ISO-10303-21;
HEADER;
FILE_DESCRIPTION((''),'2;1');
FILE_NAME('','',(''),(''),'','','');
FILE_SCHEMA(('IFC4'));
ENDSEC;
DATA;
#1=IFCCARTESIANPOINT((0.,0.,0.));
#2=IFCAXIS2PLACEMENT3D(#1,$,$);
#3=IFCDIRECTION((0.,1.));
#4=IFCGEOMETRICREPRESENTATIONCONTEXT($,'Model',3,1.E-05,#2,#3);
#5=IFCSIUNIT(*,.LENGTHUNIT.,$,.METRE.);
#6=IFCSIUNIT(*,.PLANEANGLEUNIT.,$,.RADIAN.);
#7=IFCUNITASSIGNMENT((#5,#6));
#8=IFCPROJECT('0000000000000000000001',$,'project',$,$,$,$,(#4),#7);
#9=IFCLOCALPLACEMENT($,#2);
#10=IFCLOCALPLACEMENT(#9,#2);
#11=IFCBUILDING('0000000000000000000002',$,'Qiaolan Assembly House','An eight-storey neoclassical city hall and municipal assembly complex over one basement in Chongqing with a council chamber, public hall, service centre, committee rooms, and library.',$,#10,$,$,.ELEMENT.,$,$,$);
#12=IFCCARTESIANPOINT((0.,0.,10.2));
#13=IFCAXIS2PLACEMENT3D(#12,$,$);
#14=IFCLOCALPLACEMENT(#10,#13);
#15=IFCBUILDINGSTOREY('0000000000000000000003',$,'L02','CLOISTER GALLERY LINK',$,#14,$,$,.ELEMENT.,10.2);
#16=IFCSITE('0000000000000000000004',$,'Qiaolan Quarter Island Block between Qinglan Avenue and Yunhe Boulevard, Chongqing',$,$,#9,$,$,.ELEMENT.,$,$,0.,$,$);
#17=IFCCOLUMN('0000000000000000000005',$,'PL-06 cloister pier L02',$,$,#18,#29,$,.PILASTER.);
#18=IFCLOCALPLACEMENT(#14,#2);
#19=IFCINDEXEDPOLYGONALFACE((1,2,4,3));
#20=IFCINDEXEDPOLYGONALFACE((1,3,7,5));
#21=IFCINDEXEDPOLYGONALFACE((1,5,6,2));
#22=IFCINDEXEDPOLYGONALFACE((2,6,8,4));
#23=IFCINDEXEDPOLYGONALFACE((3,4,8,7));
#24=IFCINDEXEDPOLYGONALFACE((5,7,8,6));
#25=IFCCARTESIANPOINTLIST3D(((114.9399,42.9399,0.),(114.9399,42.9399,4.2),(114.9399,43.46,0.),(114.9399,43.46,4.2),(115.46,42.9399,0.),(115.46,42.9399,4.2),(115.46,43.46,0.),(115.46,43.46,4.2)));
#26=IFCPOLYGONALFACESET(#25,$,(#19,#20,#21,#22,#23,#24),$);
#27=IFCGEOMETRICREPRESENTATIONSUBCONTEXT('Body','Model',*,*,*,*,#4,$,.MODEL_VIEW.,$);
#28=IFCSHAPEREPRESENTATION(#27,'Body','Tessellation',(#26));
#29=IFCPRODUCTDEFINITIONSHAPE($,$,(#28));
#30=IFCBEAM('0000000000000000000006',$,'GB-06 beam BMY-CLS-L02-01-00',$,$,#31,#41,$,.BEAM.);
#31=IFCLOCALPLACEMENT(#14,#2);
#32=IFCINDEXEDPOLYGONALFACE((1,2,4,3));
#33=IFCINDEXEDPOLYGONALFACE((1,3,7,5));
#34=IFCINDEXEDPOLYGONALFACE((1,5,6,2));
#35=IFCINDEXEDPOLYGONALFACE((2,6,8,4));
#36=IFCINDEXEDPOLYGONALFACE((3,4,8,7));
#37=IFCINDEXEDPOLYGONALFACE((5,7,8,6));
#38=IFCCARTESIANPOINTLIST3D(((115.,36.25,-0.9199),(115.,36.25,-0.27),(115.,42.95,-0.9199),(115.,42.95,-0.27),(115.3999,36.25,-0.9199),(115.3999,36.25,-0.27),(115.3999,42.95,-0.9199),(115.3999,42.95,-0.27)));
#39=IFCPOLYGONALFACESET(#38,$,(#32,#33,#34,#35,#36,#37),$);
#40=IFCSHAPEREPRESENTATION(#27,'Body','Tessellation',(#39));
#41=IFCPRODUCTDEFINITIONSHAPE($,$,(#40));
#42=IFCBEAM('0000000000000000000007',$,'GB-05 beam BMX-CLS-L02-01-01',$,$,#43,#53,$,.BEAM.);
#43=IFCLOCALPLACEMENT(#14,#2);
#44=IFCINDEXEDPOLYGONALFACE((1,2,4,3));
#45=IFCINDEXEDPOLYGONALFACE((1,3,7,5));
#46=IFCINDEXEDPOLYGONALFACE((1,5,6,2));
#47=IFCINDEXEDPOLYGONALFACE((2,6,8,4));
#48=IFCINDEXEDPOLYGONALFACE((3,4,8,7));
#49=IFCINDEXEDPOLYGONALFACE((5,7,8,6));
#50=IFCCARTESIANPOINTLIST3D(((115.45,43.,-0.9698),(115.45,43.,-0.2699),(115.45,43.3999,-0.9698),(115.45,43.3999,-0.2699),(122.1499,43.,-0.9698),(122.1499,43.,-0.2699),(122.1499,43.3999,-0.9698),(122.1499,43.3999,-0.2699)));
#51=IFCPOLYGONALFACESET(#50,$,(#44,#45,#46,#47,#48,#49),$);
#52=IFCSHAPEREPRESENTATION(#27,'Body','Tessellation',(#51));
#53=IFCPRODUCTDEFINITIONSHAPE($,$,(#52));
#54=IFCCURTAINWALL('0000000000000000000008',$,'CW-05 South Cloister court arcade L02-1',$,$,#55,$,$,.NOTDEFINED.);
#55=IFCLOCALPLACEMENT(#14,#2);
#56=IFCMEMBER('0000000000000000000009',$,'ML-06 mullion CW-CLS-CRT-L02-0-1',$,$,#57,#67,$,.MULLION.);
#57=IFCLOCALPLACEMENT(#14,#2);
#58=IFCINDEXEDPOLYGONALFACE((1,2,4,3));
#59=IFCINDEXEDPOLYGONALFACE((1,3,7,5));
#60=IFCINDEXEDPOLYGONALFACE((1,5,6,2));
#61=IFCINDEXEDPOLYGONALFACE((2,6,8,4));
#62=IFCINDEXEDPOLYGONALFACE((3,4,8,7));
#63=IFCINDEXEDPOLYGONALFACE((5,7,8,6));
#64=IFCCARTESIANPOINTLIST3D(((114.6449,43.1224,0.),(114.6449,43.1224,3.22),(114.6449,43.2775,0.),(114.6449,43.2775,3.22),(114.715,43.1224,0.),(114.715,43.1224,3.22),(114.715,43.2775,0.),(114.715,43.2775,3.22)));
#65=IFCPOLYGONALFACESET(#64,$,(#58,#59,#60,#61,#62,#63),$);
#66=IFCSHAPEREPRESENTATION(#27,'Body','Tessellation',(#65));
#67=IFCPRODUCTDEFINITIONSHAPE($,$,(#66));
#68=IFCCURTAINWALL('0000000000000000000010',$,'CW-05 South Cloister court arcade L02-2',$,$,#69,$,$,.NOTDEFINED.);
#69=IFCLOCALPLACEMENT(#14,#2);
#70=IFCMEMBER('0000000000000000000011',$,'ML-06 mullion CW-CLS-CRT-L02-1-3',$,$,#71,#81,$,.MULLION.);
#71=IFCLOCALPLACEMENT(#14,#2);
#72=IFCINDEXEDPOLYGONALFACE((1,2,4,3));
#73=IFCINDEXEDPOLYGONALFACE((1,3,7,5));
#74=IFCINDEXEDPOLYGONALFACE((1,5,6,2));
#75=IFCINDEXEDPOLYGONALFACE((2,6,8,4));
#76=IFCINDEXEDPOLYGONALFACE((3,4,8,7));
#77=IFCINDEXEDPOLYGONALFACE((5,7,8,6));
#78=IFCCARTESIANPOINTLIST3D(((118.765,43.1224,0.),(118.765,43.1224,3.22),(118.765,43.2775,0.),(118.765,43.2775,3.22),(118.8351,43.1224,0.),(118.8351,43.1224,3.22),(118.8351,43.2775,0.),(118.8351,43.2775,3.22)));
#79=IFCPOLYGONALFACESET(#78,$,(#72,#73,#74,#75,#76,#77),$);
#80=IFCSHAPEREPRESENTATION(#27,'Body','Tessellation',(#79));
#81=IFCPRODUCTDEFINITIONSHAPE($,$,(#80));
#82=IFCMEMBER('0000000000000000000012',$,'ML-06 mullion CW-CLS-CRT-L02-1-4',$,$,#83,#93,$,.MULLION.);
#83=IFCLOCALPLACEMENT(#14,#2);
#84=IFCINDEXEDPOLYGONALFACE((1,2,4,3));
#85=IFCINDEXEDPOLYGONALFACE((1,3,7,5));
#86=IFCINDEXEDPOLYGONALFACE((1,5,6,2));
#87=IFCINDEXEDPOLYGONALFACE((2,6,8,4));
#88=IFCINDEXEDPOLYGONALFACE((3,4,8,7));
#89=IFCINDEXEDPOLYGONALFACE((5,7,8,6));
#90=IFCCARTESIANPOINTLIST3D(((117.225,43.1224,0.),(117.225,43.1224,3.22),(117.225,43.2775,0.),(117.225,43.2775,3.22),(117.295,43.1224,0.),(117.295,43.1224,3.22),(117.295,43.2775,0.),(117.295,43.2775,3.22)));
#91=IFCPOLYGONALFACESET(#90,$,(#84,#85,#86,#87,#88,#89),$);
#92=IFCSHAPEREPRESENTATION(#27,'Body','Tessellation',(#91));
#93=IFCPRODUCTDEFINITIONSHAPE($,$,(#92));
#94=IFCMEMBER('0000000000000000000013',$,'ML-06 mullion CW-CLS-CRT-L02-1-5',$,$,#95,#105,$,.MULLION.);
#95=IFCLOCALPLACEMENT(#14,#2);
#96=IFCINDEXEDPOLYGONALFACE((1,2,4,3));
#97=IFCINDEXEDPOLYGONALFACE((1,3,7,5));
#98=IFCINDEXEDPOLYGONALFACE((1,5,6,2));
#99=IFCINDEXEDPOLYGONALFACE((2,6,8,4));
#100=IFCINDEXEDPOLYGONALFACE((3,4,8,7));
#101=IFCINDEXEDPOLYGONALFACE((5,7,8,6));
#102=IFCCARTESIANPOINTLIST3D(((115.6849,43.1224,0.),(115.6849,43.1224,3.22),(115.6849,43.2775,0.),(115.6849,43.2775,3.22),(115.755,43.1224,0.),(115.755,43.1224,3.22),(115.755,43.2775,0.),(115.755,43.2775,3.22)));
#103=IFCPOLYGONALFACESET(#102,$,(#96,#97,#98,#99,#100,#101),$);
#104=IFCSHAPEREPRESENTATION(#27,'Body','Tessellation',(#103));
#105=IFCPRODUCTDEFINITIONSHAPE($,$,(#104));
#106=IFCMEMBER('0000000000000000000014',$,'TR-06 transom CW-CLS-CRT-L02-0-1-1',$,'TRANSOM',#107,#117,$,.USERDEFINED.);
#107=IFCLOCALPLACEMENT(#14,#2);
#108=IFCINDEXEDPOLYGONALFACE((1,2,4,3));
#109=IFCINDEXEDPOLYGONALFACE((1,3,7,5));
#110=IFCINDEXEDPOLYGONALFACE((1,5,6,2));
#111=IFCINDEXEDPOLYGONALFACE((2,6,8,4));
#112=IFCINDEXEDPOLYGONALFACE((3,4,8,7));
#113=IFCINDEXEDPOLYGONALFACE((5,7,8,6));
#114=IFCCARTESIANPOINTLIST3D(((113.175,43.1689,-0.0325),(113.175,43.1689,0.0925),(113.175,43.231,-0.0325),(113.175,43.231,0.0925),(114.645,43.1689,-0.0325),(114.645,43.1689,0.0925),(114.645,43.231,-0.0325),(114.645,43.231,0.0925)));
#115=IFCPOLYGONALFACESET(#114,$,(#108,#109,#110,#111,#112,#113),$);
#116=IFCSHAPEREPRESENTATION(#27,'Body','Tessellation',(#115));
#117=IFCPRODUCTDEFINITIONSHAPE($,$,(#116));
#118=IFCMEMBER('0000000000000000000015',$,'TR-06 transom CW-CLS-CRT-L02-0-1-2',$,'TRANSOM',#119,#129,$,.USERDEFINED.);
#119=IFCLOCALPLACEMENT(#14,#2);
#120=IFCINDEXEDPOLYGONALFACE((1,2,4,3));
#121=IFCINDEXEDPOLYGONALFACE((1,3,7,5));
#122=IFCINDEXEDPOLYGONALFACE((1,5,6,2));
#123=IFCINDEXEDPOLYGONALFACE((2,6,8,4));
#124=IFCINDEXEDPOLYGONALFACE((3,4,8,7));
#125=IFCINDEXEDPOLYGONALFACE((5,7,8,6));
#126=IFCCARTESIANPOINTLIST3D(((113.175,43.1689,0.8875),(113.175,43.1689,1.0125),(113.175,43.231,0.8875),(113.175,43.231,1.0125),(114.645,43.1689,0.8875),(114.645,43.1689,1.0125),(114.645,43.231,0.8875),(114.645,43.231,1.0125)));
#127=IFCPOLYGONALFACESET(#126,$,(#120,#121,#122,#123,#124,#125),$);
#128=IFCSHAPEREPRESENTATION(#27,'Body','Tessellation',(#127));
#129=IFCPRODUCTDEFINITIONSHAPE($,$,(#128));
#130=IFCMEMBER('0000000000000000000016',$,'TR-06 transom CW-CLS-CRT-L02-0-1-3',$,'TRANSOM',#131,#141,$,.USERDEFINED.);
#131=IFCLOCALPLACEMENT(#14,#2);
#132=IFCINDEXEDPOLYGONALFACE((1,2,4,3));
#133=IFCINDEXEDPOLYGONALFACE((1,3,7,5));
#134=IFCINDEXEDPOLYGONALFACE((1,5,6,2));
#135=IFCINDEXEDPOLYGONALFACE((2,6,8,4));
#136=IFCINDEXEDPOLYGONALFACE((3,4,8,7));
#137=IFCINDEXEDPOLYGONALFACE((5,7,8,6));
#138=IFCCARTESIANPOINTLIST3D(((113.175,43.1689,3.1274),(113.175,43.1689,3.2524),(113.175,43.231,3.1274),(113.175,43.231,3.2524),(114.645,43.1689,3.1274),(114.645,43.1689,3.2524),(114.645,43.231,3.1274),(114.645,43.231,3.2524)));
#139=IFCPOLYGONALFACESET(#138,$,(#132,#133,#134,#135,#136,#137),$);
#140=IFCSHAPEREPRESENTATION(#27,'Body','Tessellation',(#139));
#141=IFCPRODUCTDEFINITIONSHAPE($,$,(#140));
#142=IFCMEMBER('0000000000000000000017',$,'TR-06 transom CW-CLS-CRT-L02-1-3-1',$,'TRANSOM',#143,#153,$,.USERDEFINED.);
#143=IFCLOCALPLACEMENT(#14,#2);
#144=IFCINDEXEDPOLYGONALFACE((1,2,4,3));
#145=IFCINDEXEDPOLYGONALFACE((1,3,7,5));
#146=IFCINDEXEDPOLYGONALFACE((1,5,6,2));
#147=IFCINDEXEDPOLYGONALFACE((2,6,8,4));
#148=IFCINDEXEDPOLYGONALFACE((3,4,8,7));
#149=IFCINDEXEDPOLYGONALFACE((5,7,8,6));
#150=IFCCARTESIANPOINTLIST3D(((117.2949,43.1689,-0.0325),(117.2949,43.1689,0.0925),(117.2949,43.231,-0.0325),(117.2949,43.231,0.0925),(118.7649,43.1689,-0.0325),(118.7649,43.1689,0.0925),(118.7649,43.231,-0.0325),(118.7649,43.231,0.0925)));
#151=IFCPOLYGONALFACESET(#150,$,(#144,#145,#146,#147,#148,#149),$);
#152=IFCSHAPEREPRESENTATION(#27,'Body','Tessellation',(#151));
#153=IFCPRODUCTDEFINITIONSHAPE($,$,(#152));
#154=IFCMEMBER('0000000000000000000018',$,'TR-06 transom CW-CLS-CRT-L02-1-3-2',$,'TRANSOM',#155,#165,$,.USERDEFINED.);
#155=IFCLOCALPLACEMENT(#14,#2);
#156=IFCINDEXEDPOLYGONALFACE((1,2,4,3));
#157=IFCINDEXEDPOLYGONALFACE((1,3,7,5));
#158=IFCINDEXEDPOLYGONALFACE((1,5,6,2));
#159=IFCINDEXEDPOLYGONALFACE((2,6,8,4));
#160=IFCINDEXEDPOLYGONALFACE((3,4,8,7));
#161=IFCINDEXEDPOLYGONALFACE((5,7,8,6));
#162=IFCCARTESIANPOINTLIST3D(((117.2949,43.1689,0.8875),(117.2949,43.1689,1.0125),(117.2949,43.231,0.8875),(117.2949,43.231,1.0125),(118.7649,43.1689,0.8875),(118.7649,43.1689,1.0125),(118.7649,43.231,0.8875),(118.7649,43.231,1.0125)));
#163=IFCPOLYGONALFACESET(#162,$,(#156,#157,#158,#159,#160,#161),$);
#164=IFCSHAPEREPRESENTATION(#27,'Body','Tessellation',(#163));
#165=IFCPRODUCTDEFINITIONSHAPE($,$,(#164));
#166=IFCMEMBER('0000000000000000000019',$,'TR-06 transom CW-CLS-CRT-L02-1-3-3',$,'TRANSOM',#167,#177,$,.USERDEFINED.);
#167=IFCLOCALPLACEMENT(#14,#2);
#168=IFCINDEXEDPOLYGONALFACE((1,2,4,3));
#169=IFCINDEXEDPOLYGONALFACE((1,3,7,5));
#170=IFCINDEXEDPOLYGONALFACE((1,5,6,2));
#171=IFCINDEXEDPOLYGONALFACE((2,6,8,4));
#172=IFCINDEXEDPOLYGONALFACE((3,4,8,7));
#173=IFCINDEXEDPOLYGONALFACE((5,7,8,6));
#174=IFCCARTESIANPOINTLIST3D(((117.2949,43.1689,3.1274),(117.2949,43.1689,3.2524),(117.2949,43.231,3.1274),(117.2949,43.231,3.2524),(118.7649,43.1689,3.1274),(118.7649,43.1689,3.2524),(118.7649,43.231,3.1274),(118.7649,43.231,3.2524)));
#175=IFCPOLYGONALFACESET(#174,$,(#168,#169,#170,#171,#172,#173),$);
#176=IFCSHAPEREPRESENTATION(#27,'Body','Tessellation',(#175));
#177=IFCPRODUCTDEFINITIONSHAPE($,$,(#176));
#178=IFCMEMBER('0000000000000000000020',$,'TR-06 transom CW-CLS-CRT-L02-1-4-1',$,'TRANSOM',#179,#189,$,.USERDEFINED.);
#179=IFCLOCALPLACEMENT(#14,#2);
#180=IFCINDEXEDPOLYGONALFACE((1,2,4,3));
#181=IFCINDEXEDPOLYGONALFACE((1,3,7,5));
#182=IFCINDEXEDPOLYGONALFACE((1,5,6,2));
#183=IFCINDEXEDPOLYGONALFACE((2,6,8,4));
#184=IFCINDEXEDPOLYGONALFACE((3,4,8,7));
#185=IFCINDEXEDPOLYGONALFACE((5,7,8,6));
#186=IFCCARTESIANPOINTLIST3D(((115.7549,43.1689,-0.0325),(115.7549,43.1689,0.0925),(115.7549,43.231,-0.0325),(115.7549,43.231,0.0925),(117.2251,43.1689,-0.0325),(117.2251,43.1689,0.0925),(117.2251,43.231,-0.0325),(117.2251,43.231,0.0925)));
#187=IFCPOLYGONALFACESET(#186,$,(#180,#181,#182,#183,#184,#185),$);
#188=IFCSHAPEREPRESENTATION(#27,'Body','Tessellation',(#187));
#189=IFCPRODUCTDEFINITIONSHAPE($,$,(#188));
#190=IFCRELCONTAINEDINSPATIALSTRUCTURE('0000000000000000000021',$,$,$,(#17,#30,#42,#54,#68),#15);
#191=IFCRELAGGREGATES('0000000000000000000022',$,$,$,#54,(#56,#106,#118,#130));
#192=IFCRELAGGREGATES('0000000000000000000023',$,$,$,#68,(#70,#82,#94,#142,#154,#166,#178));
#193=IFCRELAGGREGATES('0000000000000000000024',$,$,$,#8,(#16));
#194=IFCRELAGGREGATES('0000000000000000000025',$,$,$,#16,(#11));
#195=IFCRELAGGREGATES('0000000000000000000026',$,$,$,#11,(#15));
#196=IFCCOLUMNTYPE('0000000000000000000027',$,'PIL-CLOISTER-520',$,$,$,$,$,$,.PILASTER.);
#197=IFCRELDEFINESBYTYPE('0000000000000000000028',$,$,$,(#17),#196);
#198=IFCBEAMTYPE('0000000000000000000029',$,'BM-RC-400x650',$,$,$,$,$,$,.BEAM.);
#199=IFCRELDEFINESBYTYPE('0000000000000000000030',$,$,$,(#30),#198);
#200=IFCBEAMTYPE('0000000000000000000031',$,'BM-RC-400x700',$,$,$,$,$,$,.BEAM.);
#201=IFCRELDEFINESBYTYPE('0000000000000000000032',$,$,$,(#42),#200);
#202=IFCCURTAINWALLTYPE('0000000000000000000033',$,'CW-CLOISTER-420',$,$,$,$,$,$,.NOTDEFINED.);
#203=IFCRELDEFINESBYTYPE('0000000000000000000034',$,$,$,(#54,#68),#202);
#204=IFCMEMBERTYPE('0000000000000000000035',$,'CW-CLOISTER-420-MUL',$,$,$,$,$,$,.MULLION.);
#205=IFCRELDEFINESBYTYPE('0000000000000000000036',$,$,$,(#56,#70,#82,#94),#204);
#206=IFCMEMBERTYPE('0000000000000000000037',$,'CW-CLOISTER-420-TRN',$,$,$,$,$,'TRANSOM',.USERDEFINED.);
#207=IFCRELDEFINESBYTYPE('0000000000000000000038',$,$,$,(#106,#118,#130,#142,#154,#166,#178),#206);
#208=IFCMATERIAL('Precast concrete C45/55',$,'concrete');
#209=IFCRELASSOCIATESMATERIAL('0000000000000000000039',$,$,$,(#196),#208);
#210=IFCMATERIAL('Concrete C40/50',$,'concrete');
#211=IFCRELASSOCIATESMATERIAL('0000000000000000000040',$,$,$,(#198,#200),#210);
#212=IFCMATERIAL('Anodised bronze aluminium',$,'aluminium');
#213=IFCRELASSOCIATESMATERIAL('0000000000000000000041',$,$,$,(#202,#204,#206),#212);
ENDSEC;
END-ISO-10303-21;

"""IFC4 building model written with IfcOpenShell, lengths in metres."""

from ifc_helpers import new_model, si_unit, direction, frame, origin, origin_2d, place, context, subcontext, project, spatial, rectangle, extrude, material, material_profile, profile_set, type_object, element, aggregate, save


model = new_model("IFC4")

# Units and contexts
model_context = context("Model", 3, precision=1e-05, world=origin(), true_north=direction((0.0, 1.0)))
body_context = subcontext(model_context, "Body", "Model", "MODEL_VIEW")
ifc_project = project(units=[si_unit("LENGTHUNIT", "METRE"), si_unit("PLANEANGLEUNIT", "RADIAN")], contexts=[model_context])

# Site, building, storey
site_placement = place(None, origin())
site = spatial("IfcSite", under=ifc_project, at=site_placement, Name="Qiaolan Quarter Island Block between Qinglan Avenue and Yunhe Boulevard, Chongqing", CompositionType="ELEMENT", RefElevation=0.0)
building_placement = place(site_placement, origin())
building = spatial("IfcBuilding", under=site, at=building_placement, Name="Qiaolan Assembly House", Description="An eight-storey neoclassical city hall and municipal assembly complex over one basement in Chongqing with a council chamber, public hall, service centre, committee rooms, and library.", CompositionType="ELEMENT")
storey_placement = place(building_placement, frame((0.0, 0.0, 10.2)))
storey = spatial("IfcBuildingStorey", under=building, at=storey_placement, Name="L02", Description="CLOISTER GALLERY LINK", CompositionType="ELEMENT", Elevation=10.2)

# Column
ifc_material_1 = material(Name="Precast concrete C45/55", Category="concrete")
ifc_material_profile_1 = material_profile(ifc_material_1, rectangle(XDim=0.52, YDim=0.52, at=origin_2d()), Name="PIL 520x520")
ifc_profile_set_1 = profile_set([ifc_material_profile_1], Name="Precast concrete C45/55")
column_type = type_object("IfcColumnType", Name="PIL-CLOISTER-520", PredefinedType="PILASTER", material=ifc_profile_set_1)
column_placement = place(storey_placement, frame((115.2, 43.2, 0.0), z_axis=(0.0, 0.0, 1.0), x_axis=(1.0, 0.0, 0.0)))
element("IfcColumn", 1, at=column_placement, inside=storey, type_object=column_type, Name="PL-06 cloister pier L02", PredefinedType="PILASTER", context=body_context, shape_type="SweptSolid", body=[
    extrude(rectangle(XDim=0.52, YDim=0.52, at=origin_2d()), origin(), (0.0, 0.0, 1.0), 4.2),
])

# Beams
ifc_material_2 = material(Name="Concrete C40/50", Category="concrete")
ifc_material_profile_2 = material_profile(ifc_material_2, rectangle(XDim=0.3999, YDim=0.6499, at=origin_2d()), Name="RCB 400x650")
ifc_profile_set_2 = profile_set([ifc_material_profile_2], Name="Concrete C40/50")
beam_type_1 = type_object("IfcBeamType", Name="BM-RC-400x650", PredefinedType="BEAM", material=ifc_profile_set_2)
beam_1_placement = place(storey_placement, frame((115.2, 36.25, -0.595), z_axis=(0.0, 1.0, 0.0), x_axis=(-1.0, 0.0, 0.0)))
element("IfcBeam", 2, at=beam_1_placement, inside=storey, type_object=beam_type_1, Name="GB-06 beam BMY-CLS-L02-01-00", PredefinedType="BEAM", context=body_context, shape_type="SweptSolid", body=[
    extrude(rectangle(XDim=0.3999, YDim=0.6499, at=origin_2d()), origin(), (0.0, 0.0, 1.0), 6.7),
])
ifc_material_profile_3 = material_profile(ifc_material_2, rectangle(XDim=0.3999, YDim=0.7, at=origin_2d()), Name="RCB 400x700")
ifc_profile_set_3 = profile_set([ifc_material_profile_3], Name="Concrete C40/50")
beam_type_2 = type_object("IfcBeamType", Name="BM-RC-400x700", PredefinedType="BEAM", material=ifc_profile_set_3)
beam_2_placement = place(storey_placement, frame((115.45, 43.2, -0.6199), z_axis=(1.0, 0.0, 0.0), x_axis=(0.0, 1.0, 0.0)))
element("IfcBeam", 3, at=beam_2_placement, inside=storey, type_object=beam_type_2, Name="GB-05 beam BMX-CLS-L02-01-01", PredefinedType="BEAM", context=body_context, shape_type="SweptSolid", body=[
    extrude(rectangle(XDim=0.3999, YDim=0.7, at=origin_2d()), origin(), (0.0, 0.0, 1.0), 6.7),
])

# Curtain wall, member
ifc_material_3 = material(Name="Anodised bronze aluminium", Category="aluminium")
curtain_wall_type = type_object("IfcCurtainWallType", Name="CW-CLOISTER-420", PredefinedType="NOTDEFINED", material=ifc_material_3)
curtain_wall_1_placement = place(storey_placement, origin())
curtain_wall_1 = element("IfcCurtainWall", 4, at=curtain_wall_1_placement, inside=storey, type_object=curtain_wall_type, Name="CW-05 South Cloister court arcade L02-1", PredefinedType="NOTDEFINED")
ifc_material_profile_4 = material_profile(ifc_material_3, rectangle(XDim=0.0701, YDim=0.155, at=origin_2d()), Name="MUL 70x155")
ifc_profile_set_4 = profile_set([ifc_material_profile_4], Name="Anodised bronze aluminium")
member_type_1 = type_object("IfcMemberType", Name="CW-CLOISTER-420-MUL", PredefinedType="MULLION", material=ifc_profile_set_4)
member_1_placement = place(storey_placement, frame((114.6799, 43.2, 0.0), z_axis=(0.0, 0.0, 1.0), x_axis=(-1.0, 0.0, 0.0)))
member_1 = element("IfcMember", 5, at=member_1_placement, type_object=member_type_1, Name="ML-06 mullion CW-CLS-CRT-L02-0-1", PredefinedType="MULLION", context=body_context, shape_type="SweptSolid", body=[
    extrude(rectangle(XDim=0.0701, YDim=0.155, at=origin_2d()), origin(), (0.0, 0.0, 1.0), 3.22),
])

# Curtain wall, members
curtain_wall_2_placement = place(storey_placement, origin())
curtain_wall_2 = element("IfcCurtainWall", 6, at=curtain_wall_2_placement, inside=storey, type_object=curtain_wall_type, Name="CW-05 South Cloister court arcade L02-2", PredefinedType="NOTDEFINED")
member_2_placement = place(storey_placement, frame((118.8, 43.2, 0.0), z_axis=(0.0, 0.0, 1.0), x_axis=(-1.0, 0.0, 0.0)))
member_2 = element("IfcMember", 7, at=member_2_placement, type_object=member_type_1, Name="ML-06 mullion CW-CLS-CRT-L02-1-3", PredefinedType="MULLION", context=body_context, shape_type="SweptSolid", body=[
    extrude(rectangle(XDim=0.0701, YDim=0.155, at=origin_2d()), origin(), (0.0, 0.0, 1.0), 3.22),
])
member_3_placement = place(storey_placement, frame((117.26, 43.2, 0.0), z_axis=(0.0, 0.0, 1.0), x_axis=(-1.0, 0.0, 0.0)))
member_3 = element("IfcMember", 8, at=member_3_placement, type_object=member_type_1, Name="ML-06 mullion CW-CLS-CRT-L02-1-4", PredefinedType="MULLION", context=body_context, shape_type="SweptSolid", body=[
    extrude(rectangle(XDim=0.0701, YDim=0.155, at=origin_2d()), origin(), (0.0, 0.0, 1.0), 3.22),
])
member_4_placement = place(storey_placement, frame((115.72, 43.2, 0.0), z_axis=(0.0, 0.0, 1.0), x_axis=(-1.0, 0.0, 0.0)))
member_4 = element("IfcMember", 9, at=member_4_placement, type_object=member_type_1, Name="ML-06 mullion CW-CLS-CRT-L02-1-5", PredefinedType="MULLION", context=body_context, shape_type="SweptSolid", body=[
    extrude(rectangle(XDim=0.0701, YDim=0.155, at=origin_2d()), origin(), (0.0, 0.0, 1.0), 3.22),
])

# Members
ifc_material_profile_5 = material_profile(ifc_material_3, rectangle(XDim=0.062, YDim=0.125, at=origin_2d()), Name="TRN 62x125")
ifc_profile_set_5 = profile_set([ifc_material_profile_5], Name="Anodised bronze aluminium")
member_type_2 = type_object("IfcMemberType", Name="CW-CLOISTER-420-TRN", ElementType="TRANSOM", PredefinedType="USERDEFINED", material=ifc_profile_set_5)
member_5_placement = place(storey_placement, frame((114.645, 43.2, 0.03), z_axis=(-1.0, 0.0, 0.0), x_axis=(0.0, -1.0, 0.0)))
member_5 = element("IfcMember", 10, at=member_5_placement, type_object=member_type_2, Name="TR-06 transom CW-CLS-CRT-L02-0-1-1", ObjectType="TRANSOM", PredefinedType="USERDEFINED", context=body_context, shape_type="SweptSolid", body=[
    extrude(rectangle(XDim=0.062, YDim=0.125, at=origin_2d()), origin(), (0.0, 0.0, 1.0), 1.47),
])
member_6_placement = place(storey_placement, frame((114.645, 43.2, 0.95), z_axis=(-1.0, 0.0, 0.0), x_axis=(0.0, -1.0, 0.0)))
member_6 = element("IfcMember", 11, at=member_6_placement, type_object=member_type_2, Name="TR-06 transom CW-CLS-CRT-L02-0-1-2", ObjectType="TRANSOM", PredefinedType="USERDEFINED", context=body_context, shape_type="SweptSolid", body=[
    extrude(rectangle(XDim=0.062, YDim=0.125, at=origin_2d()), origin(), (0.0, 0.0, 1.0), 1.47),
])
member_7_placement = place(storey_placement, frame((114.645, 43.2, 3.1899), z_axis=(-1.0, 0.0, 0.0), x_axis=(0.0, -1.0, 0.0)))
member_7 = element("IfcMember", 12, at=member_7_placement, type_object=member_type_2, Name="TR-06 transom CW-CLS-CRT-L02-0-1-3", ObjectType="TRANSOM", PredefinedType="USERDEFINED", context=body_context, shape_type="SweptSolid", body=[
    extrude(rectangle(XDim=0.062, YDim=0.125, at=origin_2d()), origin(), (0.0, 0.0, 1.0), 1.47),
])
member_8_placement = place(storey_placement, frame((118.7649, 43.2, 0.03), z_axis=(-1.0, 0.0, 0.0), x_axis=(0.0, -1.0, 0.0)))
member_8 = element("IfcMember", 13, at=member_8_placement, type_object=member_type_2, Name="TR-06 transom CW-CLS-CRT-L02-1-3-1", ObjectType="TRANSOM", PredefinedType="USERDEFINED", context=body_context, shape_type="SweptSolid", body=[
    extrude(rectangle(XDim=0.062, YDim=0.125, at=origin_2d()), origin(), (0.0, 0.0, 1.0), 1.47),
])
member_9_placement = place(storey_placement, frame((118.7649, 43.2, 0.95), z_axis=(-1.0, 0.0, 0.0), x_axis=(0.0, -1.0, 0.0)))
member_9 = element("IfcMember", 14, at=member_9_placement, type_object=member_type_2, Name="TR-06 transom CW-CLS-CRT-L02-1-3-2", ObjectType="TRANSOM", PredefinedType="USERDEFINED", context=body_context, shape_type="SweptSolid", body=[
    extrude(rectangle(XDim=0.062, YDim=0.125, at=origin_2d()), origin(), (0.0, 0.0, 1.0), 1.47),
])
member_10_placement = place(storey_placement, frame((118.7649, 43.2, 3.1899), z_axis=(-1.0, 0.0, 0.0), x_axis=(0.0, -1.0, 0.0)))
member_10 = element("IfcMember", 15, at=member_10_placement, type_object=member_type_2, Name="TR-06 transom CW-CLS-CRT-L02-1-3-3", ObjectType="TRANSOM", PredefinedType="USERDEFINED", context=body_context, shape_type="SweptSolid", body=[
    extrude(rectangle(XDim=0.062, YDim=0.125, at=origin_2d()), origin(), (0.0, 0.0, 1.0), 1.47),
])
member_11_placement = place(storey_placement, frame((117.2251, 43.2, 0.03), z_axis=(-1.0, 0.0, 0.0), x_axis=(0.0, -1.0, 0.0)))
member_11 = element("IfcMember", 16, at=member_11_placement, type_object=member_type_2, Name="TR-06 transom CW-CLS-CRT-L02-1-4-1", ObjectType="TRANSOM", PredefinedType="USERDEFINED", context=body_context, shape_type="SweptSolid", body=[
    extrude(rectangle(XDim=0.062, YDim=0.125, at=origin_2d()), origin(), (0.0, 0.0, 1.0), 1.4702),
])

aggregate(curtain_wall_1, [member_1, member_5, member_6, member_7])
aggregate(curtain_wall_2, [member_2, member_3, member_4, member_8, member_9, member_10, member_11])

save(model, "model.ifc")
